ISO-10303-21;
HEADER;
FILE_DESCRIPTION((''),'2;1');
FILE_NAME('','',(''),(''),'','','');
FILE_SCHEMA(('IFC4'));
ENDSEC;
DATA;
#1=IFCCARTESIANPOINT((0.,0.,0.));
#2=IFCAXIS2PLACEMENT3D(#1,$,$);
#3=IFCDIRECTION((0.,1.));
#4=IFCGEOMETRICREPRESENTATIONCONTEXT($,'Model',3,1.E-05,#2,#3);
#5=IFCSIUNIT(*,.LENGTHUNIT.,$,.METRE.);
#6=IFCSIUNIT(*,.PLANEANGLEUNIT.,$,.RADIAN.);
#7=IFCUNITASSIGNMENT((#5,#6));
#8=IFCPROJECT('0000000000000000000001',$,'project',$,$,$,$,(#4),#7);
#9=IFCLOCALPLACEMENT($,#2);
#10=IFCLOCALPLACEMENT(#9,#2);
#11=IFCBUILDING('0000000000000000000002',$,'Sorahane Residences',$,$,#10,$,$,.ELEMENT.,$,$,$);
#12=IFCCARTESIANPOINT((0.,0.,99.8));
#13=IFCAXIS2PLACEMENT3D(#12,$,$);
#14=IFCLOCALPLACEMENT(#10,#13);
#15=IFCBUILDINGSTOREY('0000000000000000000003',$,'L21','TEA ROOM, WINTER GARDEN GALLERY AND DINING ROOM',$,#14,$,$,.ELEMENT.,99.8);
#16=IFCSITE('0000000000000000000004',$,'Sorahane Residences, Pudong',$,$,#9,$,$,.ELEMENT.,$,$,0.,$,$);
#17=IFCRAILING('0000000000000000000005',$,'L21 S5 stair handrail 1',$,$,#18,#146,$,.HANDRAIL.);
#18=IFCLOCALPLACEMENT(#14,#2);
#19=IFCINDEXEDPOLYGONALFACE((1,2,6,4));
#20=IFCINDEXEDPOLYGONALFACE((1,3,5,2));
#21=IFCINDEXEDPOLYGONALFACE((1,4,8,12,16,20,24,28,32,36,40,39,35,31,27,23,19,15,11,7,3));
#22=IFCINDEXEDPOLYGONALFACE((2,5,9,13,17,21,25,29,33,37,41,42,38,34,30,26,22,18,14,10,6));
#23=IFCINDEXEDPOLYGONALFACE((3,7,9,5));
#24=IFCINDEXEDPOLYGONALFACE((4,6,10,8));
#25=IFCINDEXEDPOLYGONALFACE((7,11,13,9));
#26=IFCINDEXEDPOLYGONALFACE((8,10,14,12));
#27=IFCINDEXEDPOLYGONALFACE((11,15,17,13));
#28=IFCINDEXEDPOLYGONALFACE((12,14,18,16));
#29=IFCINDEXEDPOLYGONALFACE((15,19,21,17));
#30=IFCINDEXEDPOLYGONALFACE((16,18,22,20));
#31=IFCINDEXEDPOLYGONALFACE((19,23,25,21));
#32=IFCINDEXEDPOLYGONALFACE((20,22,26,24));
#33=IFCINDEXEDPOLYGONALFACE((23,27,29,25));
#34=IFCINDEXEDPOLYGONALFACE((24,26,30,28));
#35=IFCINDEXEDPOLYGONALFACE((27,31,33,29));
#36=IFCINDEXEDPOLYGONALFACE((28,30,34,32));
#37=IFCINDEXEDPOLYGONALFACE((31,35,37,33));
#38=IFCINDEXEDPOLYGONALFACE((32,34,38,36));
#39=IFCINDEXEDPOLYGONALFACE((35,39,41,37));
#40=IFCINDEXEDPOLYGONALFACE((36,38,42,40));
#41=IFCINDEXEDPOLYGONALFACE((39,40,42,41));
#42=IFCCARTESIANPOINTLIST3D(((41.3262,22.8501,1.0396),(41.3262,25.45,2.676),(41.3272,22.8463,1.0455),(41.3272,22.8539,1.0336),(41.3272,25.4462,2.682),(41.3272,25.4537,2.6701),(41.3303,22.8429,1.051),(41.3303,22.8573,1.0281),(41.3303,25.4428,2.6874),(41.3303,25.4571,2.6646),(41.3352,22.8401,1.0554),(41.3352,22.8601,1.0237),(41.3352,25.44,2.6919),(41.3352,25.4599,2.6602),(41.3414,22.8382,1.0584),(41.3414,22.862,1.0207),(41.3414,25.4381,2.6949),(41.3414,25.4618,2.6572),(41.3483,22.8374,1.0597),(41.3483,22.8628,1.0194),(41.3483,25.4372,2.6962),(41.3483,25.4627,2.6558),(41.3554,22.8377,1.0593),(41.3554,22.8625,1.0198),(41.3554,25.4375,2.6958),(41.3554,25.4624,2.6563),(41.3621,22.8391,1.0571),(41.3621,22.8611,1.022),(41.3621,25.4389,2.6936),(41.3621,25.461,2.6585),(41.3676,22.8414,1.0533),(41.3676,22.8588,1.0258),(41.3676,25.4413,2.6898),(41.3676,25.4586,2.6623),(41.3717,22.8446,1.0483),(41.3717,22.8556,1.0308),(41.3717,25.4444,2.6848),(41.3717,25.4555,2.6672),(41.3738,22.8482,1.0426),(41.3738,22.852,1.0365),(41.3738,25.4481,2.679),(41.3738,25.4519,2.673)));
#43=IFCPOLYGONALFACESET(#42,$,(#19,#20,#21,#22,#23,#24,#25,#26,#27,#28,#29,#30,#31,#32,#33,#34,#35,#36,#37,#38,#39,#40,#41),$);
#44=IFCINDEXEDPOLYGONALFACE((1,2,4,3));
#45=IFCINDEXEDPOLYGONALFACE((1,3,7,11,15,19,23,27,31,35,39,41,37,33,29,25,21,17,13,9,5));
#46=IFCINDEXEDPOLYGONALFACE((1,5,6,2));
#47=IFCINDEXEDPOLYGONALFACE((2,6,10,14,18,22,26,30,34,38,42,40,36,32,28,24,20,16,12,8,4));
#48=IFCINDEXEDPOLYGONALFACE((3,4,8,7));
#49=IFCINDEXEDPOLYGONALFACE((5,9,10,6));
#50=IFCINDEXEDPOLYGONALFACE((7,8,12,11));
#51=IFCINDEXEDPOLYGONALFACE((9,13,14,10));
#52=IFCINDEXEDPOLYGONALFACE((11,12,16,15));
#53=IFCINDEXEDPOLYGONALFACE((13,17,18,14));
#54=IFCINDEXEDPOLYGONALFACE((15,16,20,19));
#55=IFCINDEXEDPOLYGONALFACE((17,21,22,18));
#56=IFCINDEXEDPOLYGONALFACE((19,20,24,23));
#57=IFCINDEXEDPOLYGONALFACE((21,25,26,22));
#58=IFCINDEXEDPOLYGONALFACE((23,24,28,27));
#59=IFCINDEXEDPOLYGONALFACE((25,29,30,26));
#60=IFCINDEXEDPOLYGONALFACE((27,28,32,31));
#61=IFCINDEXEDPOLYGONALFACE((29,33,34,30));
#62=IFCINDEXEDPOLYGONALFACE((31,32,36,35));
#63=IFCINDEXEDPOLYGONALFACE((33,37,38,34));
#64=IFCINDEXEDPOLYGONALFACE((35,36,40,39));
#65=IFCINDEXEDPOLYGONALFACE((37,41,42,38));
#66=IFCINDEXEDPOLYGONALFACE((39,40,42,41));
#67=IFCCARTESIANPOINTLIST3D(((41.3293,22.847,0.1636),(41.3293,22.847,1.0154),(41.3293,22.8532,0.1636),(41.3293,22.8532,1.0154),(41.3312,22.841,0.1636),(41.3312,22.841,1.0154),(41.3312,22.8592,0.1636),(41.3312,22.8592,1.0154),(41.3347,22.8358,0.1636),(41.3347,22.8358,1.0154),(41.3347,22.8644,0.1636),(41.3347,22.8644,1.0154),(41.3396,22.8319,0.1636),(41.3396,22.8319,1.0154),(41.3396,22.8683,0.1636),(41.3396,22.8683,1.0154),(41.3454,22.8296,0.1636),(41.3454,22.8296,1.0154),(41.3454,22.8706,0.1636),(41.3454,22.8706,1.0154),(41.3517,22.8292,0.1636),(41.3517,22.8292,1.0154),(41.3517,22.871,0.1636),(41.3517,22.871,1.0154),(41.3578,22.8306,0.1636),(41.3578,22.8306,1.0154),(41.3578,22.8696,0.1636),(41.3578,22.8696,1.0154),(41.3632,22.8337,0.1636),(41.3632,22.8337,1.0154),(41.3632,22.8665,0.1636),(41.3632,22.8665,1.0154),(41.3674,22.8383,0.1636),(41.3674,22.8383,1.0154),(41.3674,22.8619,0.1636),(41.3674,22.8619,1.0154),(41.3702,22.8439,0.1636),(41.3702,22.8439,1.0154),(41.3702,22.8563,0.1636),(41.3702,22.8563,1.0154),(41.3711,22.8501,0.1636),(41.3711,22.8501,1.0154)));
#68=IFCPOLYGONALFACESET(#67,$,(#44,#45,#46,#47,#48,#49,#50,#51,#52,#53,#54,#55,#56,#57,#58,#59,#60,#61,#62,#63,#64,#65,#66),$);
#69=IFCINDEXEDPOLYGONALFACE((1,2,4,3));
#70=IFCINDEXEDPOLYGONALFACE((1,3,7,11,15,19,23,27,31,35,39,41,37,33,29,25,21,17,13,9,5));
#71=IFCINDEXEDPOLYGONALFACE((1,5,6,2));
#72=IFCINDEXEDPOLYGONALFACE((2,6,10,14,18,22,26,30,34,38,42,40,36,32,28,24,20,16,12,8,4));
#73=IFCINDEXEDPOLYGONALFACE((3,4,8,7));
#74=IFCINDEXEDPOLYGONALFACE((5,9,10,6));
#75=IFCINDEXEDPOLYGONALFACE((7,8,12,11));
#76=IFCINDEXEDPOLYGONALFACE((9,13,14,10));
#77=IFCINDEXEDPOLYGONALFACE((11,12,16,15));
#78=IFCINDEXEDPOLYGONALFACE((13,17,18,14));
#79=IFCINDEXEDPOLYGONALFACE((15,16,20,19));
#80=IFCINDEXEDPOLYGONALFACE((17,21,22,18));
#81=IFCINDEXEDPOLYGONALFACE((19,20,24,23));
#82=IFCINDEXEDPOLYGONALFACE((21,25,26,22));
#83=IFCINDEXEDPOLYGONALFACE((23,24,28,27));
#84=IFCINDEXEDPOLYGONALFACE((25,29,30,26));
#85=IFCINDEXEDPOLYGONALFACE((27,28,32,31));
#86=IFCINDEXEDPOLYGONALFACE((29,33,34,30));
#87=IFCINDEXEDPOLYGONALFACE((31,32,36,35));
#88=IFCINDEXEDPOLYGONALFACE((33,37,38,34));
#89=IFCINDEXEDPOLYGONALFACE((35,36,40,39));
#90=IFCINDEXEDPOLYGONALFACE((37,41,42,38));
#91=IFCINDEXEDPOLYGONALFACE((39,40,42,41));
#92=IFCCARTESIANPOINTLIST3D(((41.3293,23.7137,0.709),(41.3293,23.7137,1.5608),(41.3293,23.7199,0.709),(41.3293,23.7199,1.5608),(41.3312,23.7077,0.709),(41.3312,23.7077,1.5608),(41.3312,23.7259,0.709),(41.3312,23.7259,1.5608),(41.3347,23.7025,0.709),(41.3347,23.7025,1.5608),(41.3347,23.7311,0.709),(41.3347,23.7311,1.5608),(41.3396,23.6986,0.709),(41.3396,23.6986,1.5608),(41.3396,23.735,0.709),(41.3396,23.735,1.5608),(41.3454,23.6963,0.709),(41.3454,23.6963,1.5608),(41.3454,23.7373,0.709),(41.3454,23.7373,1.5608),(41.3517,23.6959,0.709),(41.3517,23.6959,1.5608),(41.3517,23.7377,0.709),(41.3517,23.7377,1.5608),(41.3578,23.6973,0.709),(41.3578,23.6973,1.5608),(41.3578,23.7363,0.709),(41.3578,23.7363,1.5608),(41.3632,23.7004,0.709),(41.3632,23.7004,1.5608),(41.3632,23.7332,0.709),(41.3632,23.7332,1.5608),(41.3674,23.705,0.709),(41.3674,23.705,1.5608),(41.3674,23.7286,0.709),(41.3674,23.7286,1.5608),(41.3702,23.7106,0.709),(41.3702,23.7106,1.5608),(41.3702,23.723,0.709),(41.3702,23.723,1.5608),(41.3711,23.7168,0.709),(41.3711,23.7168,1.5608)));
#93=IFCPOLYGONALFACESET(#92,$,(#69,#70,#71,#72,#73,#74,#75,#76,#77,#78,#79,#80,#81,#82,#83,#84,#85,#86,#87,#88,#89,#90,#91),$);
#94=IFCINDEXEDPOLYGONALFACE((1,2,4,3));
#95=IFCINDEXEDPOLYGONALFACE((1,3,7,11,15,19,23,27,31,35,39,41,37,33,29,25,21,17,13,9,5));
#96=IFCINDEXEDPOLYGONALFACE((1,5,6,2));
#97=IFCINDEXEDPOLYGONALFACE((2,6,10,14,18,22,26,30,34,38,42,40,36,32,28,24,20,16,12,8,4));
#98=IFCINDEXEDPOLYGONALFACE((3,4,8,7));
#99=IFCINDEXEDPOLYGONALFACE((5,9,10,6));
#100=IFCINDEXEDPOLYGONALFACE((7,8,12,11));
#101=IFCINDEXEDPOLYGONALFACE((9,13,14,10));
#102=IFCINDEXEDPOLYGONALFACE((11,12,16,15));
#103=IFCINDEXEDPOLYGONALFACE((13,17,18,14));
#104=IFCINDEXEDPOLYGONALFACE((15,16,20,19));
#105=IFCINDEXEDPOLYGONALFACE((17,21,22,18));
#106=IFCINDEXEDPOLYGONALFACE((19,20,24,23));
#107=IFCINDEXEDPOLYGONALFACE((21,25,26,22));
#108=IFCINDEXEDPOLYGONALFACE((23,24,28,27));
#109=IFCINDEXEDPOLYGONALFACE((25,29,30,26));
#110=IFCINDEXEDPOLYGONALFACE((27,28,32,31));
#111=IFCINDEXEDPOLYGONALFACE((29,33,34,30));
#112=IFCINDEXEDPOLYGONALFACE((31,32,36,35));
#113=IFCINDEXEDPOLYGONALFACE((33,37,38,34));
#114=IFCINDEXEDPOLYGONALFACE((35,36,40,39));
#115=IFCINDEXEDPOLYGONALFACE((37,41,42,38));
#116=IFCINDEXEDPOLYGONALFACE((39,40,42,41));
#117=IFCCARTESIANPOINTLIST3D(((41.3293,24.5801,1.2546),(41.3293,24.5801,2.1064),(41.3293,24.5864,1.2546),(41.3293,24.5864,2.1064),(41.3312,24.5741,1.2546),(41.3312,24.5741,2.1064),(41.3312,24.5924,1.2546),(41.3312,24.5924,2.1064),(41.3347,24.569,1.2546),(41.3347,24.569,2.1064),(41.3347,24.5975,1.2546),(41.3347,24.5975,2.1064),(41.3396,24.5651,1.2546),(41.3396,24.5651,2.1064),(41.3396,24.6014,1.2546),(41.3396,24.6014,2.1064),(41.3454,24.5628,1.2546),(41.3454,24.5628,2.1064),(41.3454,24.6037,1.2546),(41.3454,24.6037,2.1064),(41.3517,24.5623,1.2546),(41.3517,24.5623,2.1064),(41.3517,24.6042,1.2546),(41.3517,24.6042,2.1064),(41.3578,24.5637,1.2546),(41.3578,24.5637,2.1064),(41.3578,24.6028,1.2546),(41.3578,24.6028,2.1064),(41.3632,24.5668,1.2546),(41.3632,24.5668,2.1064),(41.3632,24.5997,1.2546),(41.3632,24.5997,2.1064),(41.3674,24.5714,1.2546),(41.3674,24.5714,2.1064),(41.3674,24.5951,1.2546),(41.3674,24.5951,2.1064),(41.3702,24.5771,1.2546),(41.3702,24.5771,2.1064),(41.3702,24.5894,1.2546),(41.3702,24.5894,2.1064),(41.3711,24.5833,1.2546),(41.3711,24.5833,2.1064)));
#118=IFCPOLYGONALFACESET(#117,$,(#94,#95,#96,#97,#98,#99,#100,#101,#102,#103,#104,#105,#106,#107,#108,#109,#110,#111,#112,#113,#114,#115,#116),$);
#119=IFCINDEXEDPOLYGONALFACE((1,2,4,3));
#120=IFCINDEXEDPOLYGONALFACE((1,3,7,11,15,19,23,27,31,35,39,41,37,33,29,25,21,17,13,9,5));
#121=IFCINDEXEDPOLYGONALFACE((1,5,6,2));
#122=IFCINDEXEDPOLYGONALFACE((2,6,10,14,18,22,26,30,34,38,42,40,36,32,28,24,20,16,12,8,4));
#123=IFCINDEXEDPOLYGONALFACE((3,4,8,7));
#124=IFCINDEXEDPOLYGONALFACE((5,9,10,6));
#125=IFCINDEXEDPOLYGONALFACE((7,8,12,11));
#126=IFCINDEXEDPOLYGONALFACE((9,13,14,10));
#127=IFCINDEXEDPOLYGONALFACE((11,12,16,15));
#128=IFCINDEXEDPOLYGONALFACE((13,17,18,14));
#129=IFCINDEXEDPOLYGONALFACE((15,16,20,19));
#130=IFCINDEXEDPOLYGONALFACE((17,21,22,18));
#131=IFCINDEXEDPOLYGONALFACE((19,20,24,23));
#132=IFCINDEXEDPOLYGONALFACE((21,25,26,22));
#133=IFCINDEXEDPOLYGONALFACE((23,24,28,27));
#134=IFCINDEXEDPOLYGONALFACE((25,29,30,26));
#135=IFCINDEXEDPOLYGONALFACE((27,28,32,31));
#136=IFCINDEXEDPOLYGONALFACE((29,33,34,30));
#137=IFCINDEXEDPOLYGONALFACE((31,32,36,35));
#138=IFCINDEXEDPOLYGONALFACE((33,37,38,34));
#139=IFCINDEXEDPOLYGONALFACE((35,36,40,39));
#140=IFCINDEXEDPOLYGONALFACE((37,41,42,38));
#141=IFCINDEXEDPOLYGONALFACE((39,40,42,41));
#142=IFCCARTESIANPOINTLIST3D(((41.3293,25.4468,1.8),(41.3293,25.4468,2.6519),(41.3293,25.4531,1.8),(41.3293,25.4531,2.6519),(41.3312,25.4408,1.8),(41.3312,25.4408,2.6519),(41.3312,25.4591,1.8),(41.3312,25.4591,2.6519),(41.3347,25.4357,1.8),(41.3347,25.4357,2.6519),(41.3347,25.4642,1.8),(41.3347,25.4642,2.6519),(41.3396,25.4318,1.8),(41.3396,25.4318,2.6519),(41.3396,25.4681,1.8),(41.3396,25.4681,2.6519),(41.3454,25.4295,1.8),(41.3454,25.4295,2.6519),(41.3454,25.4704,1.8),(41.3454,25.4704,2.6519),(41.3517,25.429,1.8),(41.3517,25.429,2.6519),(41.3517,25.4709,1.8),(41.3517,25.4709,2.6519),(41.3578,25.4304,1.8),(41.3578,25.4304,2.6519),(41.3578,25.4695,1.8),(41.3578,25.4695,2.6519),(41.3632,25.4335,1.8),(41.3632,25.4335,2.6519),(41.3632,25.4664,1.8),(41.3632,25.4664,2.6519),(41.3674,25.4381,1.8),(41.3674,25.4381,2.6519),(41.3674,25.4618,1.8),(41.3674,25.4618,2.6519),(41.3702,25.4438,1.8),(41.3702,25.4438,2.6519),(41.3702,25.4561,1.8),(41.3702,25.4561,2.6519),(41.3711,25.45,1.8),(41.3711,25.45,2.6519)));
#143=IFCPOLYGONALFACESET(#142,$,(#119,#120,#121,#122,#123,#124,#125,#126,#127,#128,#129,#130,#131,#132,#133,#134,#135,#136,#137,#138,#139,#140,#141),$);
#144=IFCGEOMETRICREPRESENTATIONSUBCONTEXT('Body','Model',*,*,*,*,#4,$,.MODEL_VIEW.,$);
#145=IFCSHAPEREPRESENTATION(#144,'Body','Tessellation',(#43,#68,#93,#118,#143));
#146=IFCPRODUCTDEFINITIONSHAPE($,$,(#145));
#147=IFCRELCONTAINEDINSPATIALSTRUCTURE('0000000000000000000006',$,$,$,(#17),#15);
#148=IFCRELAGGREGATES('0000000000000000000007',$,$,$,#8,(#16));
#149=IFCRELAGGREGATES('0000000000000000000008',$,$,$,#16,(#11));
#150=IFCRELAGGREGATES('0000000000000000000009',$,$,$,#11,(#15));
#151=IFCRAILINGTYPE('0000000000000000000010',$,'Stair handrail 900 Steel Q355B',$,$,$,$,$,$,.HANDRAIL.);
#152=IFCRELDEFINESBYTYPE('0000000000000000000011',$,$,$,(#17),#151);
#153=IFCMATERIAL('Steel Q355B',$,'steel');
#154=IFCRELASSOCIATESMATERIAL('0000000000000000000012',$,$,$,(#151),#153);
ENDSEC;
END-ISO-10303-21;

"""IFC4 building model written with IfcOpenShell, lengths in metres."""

from ifc_helpers import new_model, si_unit, direction, frame, origin, origin_2d, place, context, subcontext, project, spatial, circle, extrude, material, type_object, element, save


model = new_model("IFC4")

# Units and contexts
model_context = context("Model", 3, precision=1e-05, world=origin(), true_north=direction((0.0, 1.0)))
body_context = subcontext(model_context, "Body", "Model", "MODEL_VIEW")
ifc_project = project(units=[si_unit("LENGTHUNIT", "METRE"), si_unit("PLANEANGLEUNIT", "RADIAN")], contexts=[model_context])

# Site, building, storey
site_placement = place(None, origin())
site = spatial("IfcSite", under=ifc_project, at=site_placement, Name="Sorahane Residences, Pudong", CompositionType="ELEMENT", RefElevation=0.0)
building_placement = place(site_placement, origin())
building = spatial("IfcBuilding", under=site, at=building_placement, Name="Sorahane Residences", CompositionType="ELEMENT")
storey_placement = place(building_placement, frame((0.0, 0.0, 99.8)))
storey = spatial("IfcBuildingStorey", under=building, at=storey_placement, Name="L21", Description="TEA ROOM, WINTER GARDEN GALLERY AND DINING ROOM", CompositionType="ELEMENT", Elevation=99.8)

# Railing
ifc_material_1 = material(Name="Steel Q355B", Category="steel")
railing_type_1 = type_object("IfcRailingType", Name="Stair handrail 900 Steel Q355B", PredefinedType="HANDRAIL", material=ifc_material_1)
railing_1_placement = place(storey_placement, frame((41.3501, 22.8501, 0.1636)))
element("IfcRailing", 1, at=railing_1_placement, inside=storey, type_object=railing_type_1, Name="L21 S5 stair handrail 1", PredefinedType="HANDRAIL", context=body_context, shape_type="SweptSolid", body=[
    extrude(circle(Radius=0.0239, at=origin_2d()), frame((0.0, 0.0, 0.876), z_axis=(0.0, 0.846302, 0.532704), x_axis=(-1.0, 0.0, 0.0)), (0.0, 0.0, 1.0), 3.072),
    extrude(circle(Radius=0.021, at=origin_2d()), origin(), (0.0, 0.0, 1.0), 0.8518),
    extrude(circle(Radius=0.021, at=origin_2d()), frame((0.0, 0.8667, 0.5454)), (0.0, 0.0, 1.0), 0.8518),
    extrude(circle(Radius=0.021, at=origin_2d()), frame((0.0, 1.7332, 1.0911)), (0.0, 0.0, 1.0), 0.8518),
    extrude(circle(Radius=0.021, at=origin_2d()), frame((0.0, 2.5999, 1.6365)), (0.0, 0.0, 1.0), 0.8518),
])

save(model, "model.ifc")
